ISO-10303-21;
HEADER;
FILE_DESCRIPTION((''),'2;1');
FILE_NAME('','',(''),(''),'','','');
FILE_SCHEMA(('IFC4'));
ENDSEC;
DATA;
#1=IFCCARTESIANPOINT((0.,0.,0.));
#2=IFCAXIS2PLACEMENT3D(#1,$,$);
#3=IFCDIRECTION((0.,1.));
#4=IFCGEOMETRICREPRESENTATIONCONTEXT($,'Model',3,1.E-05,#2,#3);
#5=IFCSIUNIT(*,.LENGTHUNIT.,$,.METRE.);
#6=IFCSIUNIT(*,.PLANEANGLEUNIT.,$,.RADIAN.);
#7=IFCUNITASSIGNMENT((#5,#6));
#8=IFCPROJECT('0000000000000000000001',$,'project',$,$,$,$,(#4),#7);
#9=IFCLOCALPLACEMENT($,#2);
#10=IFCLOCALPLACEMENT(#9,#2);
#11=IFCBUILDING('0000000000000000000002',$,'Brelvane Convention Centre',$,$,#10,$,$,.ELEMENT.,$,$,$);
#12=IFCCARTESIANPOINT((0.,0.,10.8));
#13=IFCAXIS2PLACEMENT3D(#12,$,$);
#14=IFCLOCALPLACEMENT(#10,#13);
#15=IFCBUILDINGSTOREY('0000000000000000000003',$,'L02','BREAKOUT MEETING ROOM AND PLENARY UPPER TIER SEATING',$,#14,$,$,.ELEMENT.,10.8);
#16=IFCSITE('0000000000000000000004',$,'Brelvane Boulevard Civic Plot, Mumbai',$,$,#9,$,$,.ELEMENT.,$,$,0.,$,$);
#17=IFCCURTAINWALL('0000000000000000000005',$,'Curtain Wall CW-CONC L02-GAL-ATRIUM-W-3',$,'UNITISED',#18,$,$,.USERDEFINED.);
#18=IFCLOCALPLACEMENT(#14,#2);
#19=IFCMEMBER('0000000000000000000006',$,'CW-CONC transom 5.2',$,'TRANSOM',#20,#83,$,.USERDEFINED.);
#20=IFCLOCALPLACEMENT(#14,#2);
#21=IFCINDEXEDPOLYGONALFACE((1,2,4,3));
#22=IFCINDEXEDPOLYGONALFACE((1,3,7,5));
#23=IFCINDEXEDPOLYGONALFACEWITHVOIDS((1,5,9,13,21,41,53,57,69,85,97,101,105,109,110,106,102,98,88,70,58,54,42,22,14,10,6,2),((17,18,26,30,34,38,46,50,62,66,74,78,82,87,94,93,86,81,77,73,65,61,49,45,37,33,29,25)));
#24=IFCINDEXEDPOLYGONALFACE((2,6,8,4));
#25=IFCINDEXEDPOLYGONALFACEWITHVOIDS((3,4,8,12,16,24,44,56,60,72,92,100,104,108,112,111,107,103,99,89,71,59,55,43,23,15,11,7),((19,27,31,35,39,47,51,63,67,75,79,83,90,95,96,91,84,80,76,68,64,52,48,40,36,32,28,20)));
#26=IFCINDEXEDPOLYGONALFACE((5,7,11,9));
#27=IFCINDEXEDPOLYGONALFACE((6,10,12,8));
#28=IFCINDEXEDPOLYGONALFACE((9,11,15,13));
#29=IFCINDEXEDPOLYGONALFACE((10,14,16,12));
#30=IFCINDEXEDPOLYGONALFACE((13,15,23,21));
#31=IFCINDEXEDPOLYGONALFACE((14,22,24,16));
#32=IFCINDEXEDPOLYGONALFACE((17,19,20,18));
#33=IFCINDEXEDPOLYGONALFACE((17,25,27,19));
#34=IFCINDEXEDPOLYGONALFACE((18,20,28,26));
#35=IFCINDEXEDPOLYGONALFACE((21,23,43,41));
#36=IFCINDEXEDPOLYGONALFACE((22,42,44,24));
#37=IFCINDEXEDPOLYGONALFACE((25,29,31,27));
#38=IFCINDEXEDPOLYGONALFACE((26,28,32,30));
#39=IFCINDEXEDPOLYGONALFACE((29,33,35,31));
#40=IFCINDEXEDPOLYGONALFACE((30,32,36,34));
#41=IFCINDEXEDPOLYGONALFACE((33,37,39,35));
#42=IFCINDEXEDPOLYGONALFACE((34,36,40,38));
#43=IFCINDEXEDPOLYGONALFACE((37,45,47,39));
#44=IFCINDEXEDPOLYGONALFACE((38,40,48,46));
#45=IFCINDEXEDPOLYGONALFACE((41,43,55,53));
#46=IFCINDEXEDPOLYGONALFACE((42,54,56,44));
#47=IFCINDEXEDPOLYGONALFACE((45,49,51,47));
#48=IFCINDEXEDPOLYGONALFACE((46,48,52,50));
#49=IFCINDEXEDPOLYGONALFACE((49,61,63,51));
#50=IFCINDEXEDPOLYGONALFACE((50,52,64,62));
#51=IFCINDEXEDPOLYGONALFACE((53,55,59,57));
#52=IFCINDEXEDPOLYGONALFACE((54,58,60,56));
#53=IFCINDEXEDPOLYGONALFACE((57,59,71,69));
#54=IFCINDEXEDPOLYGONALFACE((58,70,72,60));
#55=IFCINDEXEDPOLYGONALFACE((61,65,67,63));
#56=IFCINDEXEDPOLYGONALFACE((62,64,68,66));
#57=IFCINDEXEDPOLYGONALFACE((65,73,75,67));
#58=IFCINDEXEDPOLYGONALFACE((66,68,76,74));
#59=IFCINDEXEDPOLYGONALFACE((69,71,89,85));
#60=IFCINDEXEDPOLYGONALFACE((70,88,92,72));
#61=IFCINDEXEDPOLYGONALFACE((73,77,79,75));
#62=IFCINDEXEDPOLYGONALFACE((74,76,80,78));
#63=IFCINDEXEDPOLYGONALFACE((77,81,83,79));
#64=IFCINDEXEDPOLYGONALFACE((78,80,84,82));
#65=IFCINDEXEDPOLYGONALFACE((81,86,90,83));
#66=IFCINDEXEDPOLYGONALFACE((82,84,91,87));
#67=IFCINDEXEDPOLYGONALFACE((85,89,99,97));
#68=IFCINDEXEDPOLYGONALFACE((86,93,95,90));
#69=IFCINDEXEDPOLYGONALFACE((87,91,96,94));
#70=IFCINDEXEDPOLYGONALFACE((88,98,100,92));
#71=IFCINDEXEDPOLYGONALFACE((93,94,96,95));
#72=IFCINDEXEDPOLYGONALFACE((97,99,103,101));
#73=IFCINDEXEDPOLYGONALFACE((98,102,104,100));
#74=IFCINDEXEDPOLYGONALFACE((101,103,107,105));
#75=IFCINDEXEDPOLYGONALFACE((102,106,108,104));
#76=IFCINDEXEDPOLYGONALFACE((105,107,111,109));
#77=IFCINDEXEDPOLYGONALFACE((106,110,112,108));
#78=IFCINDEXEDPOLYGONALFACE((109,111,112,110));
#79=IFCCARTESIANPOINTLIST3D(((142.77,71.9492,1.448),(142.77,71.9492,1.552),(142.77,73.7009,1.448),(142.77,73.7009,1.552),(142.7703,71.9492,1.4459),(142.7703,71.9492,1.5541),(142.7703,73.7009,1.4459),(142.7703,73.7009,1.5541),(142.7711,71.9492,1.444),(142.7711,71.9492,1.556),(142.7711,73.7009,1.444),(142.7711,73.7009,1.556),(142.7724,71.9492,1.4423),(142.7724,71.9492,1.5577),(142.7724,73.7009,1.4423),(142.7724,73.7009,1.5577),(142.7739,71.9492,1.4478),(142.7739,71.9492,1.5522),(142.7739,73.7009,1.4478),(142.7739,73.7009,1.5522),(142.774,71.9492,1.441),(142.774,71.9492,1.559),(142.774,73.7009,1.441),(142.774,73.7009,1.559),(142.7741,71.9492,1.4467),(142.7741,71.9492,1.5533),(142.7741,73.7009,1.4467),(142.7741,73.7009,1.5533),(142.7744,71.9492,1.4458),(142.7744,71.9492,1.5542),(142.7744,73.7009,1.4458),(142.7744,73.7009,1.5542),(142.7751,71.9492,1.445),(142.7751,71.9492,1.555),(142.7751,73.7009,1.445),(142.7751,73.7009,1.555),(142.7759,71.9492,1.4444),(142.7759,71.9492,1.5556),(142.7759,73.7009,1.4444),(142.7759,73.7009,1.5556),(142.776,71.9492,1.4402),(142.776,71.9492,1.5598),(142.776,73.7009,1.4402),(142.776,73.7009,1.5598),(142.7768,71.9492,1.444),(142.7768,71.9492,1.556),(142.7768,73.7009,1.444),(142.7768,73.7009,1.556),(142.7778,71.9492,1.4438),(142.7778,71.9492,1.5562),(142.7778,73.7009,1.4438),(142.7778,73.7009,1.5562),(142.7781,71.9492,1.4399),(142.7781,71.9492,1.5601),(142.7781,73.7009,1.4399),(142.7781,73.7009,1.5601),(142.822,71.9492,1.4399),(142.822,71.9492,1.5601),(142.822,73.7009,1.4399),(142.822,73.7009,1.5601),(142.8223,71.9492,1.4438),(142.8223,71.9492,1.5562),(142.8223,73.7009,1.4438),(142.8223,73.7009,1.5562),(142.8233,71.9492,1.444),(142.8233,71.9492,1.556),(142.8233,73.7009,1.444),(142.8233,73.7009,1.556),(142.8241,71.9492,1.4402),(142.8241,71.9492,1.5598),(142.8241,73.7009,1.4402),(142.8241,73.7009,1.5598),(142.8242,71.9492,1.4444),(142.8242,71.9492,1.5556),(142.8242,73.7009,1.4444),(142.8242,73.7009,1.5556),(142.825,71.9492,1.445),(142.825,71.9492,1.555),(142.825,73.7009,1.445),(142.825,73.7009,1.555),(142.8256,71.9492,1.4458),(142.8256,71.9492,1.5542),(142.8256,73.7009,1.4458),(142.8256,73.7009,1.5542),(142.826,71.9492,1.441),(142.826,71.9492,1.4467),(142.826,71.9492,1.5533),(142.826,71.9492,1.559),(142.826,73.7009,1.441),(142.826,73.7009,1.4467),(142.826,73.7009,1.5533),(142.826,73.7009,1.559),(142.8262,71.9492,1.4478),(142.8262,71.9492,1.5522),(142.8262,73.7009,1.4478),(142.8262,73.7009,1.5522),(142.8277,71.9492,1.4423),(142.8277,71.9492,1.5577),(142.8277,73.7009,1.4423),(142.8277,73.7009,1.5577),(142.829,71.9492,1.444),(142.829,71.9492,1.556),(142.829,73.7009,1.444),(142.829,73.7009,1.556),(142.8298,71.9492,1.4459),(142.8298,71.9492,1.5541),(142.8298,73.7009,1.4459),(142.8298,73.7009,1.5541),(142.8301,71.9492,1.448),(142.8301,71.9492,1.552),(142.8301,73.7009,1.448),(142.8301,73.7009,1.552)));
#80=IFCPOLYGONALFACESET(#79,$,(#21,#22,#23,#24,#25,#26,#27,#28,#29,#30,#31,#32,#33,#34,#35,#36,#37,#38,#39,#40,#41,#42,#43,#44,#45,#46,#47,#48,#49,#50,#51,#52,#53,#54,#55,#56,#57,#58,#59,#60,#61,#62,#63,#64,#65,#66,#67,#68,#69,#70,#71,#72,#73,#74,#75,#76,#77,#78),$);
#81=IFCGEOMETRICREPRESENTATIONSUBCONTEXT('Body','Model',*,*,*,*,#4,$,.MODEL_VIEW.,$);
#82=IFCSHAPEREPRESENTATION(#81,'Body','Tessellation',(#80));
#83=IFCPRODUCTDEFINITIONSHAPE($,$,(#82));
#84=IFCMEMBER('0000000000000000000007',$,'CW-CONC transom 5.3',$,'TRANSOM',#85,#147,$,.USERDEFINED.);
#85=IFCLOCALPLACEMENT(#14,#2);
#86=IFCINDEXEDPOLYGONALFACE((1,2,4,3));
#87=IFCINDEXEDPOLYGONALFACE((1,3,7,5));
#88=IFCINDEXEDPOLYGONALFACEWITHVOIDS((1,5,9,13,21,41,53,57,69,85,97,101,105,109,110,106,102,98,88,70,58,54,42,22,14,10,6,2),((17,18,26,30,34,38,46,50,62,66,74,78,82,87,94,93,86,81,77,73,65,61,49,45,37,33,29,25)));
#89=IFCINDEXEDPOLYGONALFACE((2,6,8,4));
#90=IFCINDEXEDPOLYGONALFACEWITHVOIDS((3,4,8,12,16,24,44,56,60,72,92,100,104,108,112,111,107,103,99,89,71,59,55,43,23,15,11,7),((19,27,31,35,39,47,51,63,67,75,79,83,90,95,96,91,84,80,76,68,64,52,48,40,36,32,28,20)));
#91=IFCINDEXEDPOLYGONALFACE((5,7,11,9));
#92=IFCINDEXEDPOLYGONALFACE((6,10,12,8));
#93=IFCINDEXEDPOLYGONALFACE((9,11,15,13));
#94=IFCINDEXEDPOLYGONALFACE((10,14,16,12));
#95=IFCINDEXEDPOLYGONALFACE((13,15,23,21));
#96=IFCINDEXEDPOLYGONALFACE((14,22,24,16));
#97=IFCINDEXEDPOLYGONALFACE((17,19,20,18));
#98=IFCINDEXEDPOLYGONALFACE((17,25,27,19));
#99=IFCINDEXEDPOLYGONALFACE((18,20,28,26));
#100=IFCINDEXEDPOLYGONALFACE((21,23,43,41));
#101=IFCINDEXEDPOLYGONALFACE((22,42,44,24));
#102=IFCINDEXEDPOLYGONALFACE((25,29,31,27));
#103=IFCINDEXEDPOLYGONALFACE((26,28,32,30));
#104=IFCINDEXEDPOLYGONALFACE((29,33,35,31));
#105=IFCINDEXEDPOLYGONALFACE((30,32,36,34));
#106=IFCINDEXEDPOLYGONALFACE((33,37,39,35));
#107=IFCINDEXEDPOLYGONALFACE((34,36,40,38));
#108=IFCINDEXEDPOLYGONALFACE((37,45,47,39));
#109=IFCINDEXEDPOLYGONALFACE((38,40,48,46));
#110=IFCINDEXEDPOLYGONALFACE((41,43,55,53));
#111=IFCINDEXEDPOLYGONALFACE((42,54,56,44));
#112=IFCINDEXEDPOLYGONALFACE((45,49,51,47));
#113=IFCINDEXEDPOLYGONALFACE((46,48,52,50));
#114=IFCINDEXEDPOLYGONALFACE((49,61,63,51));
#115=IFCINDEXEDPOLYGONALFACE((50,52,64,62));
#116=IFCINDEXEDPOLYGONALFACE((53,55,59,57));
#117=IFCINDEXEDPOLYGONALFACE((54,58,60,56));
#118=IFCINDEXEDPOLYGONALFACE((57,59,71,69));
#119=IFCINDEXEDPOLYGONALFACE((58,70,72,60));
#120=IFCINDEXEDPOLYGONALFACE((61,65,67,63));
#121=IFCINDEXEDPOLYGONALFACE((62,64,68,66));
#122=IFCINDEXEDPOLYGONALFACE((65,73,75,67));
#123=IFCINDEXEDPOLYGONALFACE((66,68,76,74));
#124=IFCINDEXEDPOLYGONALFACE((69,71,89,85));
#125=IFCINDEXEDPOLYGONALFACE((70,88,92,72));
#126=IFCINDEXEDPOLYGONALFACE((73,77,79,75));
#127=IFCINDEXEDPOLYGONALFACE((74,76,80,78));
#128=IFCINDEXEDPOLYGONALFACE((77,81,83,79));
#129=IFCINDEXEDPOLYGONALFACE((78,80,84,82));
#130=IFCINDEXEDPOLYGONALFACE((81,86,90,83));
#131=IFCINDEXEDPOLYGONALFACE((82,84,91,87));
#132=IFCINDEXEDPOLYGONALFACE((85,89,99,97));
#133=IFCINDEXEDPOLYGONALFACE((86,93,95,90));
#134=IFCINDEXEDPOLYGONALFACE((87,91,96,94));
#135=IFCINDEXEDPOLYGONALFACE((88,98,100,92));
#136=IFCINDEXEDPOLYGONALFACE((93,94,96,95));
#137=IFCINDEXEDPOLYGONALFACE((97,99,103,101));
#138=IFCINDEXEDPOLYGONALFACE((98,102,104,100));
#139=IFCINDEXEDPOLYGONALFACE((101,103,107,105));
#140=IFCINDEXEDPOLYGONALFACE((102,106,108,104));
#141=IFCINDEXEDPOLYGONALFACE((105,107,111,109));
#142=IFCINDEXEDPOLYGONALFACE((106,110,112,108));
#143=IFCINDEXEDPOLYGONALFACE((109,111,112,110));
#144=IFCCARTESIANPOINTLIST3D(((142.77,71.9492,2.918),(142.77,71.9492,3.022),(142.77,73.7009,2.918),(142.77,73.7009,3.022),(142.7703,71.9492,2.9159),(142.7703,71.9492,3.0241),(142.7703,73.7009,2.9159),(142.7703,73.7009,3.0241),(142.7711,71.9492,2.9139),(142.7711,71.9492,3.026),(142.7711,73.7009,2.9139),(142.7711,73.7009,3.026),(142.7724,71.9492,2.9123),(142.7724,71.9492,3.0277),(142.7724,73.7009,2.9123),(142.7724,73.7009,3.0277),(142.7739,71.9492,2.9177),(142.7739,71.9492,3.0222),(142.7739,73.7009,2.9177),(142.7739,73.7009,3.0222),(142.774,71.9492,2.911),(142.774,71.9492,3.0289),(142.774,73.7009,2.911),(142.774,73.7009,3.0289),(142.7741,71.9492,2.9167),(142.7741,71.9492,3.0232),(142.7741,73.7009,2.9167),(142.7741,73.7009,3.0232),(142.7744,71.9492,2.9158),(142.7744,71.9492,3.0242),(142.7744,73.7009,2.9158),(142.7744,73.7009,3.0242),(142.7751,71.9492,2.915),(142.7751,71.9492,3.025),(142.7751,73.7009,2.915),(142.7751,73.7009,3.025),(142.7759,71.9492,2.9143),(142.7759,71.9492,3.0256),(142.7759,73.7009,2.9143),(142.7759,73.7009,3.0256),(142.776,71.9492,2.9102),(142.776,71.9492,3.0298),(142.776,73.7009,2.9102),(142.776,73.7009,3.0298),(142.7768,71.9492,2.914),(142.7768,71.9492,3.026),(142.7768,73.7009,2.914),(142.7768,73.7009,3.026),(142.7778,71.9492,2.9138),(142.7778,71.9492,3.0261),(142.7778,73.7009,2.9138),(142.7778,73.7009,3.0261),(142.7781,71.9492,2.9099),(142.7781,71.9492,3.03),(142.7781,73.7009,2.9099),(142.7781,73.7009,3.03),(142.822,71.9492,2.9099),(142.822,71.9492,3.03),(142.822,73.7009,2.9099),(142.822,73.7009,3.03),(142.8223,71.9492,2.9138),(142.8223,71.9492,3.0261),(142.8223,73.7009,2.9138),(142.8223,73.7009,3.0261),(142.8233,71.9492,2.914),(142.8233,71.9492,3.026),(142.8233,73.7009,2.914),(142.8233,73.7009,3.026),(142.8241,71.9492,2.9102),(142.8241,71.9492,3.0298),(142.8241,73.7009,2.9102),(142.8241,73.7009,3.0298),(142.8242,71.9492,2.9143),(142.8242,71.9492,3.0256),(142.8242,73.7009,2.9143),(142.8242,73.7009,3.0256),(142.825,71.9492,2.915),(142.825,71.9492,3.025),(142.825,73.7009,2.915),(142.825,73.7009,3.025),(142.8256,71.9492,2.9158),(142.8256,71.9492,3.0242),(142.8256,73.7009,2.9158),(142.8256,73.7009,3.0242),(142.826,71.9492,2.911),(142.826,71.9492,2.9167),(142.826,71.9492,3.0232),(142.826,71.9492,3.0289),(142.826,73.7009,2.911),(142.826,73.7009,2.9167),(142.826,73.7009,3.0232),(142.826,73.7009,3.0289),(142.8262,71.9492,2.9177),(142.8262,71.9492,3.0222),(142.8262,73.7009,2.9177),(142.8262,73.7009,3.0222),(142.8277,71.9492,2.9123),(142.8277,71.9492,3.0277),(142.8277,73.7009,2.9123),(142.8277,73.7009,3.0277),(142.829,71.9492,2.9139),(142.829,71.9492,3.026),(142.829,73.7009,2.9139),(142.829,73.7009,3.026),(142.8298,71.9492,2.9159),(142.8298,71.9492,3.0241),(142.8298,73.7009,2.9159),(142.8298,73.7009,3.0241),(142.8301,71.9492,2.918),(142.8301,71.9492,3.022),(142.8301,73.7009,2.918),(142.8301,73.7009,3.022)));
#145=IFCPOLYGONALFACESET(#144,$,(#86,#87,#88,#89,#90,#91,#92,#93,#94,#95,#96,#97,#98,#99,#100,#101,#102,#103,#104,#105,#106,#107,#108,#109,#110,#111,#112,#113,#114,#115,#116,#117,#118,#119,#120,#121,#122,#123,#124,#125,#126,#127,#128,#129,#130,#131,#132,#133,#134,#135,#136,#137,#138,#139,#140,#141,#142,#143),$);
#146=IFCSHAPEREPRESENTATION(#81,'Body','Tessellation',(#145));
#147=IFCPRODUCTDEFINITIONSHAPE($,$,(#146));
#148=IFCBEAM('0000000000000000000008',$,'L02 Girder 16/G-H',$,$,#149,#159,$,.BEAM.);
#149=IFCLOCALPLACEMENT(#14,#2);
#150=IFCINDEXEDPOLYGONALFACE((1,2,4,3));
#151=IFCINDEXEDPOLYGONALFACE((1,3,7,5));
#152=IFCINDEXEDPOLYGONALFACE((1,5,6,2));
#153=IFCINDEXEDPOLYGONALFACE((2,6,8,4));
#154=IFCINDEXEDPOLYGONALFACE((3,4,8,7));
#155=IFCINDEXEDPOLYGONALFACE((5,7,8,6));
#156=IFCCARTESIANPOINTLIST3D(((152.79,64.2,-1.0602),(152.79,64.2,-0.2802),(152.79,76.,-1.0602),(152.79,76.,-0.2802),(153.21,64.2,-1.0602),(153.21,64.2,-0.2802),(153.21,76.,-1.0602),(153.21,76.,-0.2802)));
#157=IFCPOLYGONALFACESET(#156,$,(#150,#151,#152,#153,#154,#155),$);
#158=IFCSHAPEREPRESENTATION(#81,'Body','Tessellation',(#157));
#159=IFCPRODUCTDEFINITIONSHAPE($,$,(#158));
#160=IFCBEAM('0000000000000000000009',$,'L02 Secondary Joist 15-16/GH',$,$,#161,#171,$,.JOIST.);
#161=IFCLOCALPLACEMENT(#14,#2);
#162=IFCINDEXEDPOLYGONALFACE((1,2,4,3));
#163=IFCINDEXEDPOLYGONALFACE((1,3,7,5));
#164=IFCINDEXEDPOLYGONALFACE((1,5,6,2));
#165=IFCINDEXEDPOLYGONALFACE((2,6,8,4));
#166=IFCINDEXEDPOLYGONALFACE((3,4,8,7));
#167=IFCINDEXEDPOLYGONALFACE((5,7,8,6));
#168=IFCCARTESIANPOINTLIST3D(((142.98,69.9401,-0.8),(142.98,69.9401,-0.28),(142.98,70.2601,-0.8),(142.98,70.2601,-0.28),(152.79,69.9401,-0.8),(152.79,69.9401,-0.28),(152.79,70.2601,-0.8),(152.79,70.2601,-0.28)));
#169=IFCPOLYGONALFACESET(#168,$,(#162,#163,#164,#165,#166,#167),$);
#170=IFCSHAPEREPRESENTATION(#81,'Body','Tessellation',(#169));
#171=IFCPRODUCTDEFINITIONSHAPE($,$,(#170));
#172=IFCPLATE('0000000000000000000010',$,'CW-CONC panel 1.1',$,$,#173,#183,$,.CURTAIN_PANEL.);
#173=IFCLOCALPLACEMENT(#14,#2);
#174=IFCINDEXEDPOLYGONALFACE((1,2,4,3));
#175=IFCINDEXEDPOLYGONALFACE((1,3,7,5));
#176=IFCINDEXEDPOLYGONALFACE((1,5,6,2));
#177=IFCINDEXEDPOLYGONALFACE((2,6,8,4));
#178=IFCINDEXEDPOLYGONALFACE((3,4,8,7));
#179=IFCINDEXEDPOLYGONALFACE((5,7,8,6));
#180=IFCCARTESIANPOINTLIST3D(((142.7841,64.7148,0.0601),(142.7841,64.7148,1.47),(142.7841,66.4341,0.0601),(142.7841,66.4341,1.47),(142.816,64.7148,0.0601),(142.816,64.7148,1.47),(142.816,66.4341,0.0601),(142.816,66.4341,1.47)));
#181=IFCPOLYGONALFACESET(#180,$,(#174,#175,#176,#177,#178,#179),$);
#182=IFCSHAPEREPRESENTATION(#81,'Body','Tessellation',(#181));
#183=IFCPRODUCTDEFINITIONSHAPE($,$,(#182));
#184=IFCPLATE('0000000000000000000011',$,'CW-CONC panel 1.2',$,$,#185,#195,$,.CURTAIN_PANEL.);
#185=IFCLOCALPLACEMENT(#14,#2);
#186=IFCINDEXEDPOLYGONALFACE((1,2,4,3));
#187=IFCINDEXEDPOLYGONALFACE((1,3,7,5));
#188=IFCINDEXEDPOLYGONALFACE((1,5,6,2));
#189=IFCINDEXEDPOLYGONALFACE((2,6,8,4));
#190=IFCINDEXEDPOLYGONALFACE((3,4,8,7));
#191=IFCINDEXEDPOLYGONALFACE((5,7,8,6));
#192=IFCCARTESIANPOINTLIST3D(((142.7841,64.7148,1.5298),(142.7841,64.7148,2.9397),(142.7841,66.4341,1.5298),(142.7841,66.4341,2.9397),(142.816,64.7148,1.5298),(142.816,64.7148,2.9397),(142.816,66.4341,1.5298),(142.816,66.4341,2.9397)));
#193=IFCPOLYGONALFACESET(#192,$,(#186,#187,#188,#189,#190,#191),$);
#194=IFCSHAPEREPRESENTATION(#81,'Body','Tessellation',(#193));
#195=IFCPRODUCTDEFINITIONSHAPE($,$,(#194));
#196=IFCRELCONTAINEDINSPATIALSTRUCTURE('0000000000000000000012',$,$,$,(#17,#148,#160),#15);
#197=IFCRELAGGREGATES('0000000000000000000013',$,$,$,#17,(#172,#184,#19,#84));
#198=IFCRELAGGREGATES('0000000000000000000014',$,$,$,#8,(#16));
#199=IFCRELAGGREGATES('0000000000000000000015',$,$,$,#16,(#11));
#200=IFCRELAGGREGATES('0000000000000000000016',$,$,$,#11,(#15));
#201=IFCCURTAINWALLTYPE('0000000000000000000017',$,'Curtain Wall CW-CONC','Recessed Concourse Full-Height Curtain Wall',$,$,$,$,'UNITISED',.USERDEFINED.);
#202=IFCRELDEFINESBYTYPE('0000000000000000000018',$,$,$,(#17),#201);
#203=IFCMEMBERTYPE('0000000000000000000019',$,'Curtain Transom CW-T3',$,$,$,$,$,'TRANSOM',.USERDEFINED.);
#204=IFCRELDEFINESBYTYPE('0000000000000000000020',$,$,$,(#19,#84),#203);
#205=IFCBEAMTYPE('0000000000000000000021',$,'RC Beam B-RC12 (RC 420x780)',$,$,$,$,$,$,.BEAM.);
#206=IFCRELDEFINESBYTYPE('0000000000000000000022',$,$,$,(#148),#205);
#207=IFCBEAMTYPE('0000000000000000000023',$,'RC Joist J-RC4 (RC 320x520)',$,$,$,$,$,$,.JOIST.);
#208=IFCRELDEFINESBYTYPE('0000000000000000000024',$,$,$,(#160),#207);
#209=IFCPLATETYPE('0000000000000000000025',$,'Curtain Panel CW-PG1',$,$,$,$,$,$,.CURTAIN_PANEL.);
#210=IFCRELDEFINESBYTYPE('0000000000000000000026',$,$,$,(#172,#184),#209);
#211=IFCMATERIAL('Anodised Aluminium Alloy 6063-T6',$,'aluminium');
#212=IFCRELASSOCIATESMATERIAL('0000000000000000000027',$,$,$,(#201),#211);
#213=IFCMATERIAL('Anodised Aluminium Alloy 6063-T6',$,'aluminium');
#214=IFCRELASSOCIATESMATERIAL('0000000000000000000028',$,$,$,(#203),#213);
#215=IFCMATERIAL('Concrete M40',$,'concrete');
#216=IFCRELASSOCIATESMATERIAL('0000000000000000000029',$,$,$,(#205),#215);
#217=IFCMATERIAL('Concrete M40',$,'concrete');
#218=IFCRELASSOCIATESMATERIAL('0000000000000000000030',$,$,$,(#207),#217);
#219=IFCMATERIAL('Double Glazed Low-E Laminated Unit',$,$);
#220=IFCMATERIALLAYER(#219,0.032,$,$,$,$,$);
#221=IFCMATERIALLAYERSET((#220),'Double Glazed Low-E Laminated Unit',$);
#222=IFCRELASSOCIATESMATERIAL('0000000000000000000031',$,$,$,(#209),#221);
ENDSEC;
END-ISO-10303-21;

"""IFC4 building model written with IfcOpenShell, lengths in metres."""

from ifc_helpers import new_model, si_unit, direction, frame, origin, origin_2d, place, context, subcontext, project, spatial, rectangle, hollow_rectangle, extrude, material, layer, layer_set, material_profile, profile_set, type_object, element, aggregate, save


model = new_model("IFC4")

# Units and contexts
model_context = context("Model", 3, precision=1e-05, world=origin(), true_north=direction((0.0, 1.0)))
body_context = subcontext(model_context, "Body", "Model", "MODEL_VIEW")
ifc_project = project(units=[si_unit("LENGTHUNIT", "METRE"), si_unit("PLANEANGLEUNIT", "RADIAN")], contexts=[model_context])

# Site, building, storey
site_placement = place(None, origin())
site = spatial("IfcSite", under=ifc_project, at=site_placement, Name="Brelvane Boulevard Civic Plot, Mumbai", CompositionType="ELEMENT", RefElevation=0.0)
building_placement = place(site_placement, origin())
building = spatial("IfcBuilding", under=site, at=building_placement, Name="Brelvane Convention Centre", CompositionType="ELEMENT")
storey_placement = place(building_placement, frame((0.0, 0.0, 10.8)))
storey = spatial("IfcBuildingStorey", under=building, at=storey_placement, Name="L02", Description="BREAKOUT MEETING ROOM AND PLENARY UPPER TIER SEATING", CompositionType="ELEMENT", Elevation=10.8)

# Curtain wall, members
ifc_material_1 = material(Name="Anodised Aluminium Alloy 6063-T6", Category="aluminium")
curtain_wall_type = type_object("IfcCurtainWallType", Name="Curtain Wall CW-CONC", Description="Recessed Concourse Full-Height Curtain Wall", ElementType="UNITISED", PredefinedType="USERDEFINED", material=ifc_material_1)
curtain_wall_placement = place(storey_placement, origin())
curtain_wall = element("IfcCurtainWall", 1, at=curtain_wall_placement, inside=storey, type_object=curtain_wall_type, Name="Curtain Wall CW-CONC L02-GAL-ATRIUM-W-3", ObjectType="UNITISED", PredefinedType="USERDEFINED")
ifc_material_2 = material(Name="Anodised Aluminium Alloy 6063-T6", Category="aluminium")
ifc_material_profile_1 = material_profile(ifc_material_2, hollow_rectangle(XDim=0.0601, YDim=0.1201, WallThickness=0.0039, InnerFilletRadius=0.0039, OuterFilletRadius=0.0081, at=origin_2d()), Name="ALU-T 120x60x4.0")
ifc_profile_set_1 = profile_set([ifc_material_profile_1], Name="Anodised Aluminium Alloy 6063-T6")
member_type_1 = type_object("IfcMemberType", Name="Curtain Transom CW-T3", ElementType="TRANSOM", PredefinedType="USERDEFINED", material=ifc_profile_set_1)
member_1_placement = place(storey_placement, frame((142.8, 71.9492, 1.5), z_axis=(0.0, 1.0, 0.0), x_axis=(-1.0, 0.0, 0.0)))
member_1 = element("IfcMember", 2, at=member_1_placement, type_object=member_type_1, Name="CW-CONC transom 5.2", ObjectType="TRANSOM", PredefinedType="USERDEFINED", context=body_context, shape_type="SweptSolid", body=[
    extrude(hollow_rectangle(XDim=0.0601, YDim=0.1201, WallThickness=0.0039, InnerFilletRadius=0.0039, OuterFilletRadius=0.0081, at=origin_2d()), origin(), (0.0, 0.0, 1.0), 1.7517),
])
member_2_placement = place(storey_placement, frame((142.8, 71.9492, 2.97), z_axis=(0.0, 1.0, 0.0), x_axis=(-1.0, 0.0, 0.0)))
member_2 = element("IfcMember", 3, at=member_2_placement, type_object=member_type_1, Name="CW-CONC transom 5.3", ObjectType="TRANSOM", PredefinedType="USERDEFINED", context=body_context, shape_type="SweptSolid", body=[
    extrude(hollow_rectangle(XDim=0.0601, YDim=0.1201, WallThickness=0.0039, InnerFilletRadius=0.0039, OuterFilletRadius=0.0081, at=origin_2d()), origin(), (0.0, 0.0, 1.0), 1.7517),
])

# Beams
ifc_material_3 = material(Name="Concrete M40", Category="concrete")
ifc_material_profile_2 = material_profile(ifc_material_3, rectangle(XDim=0.4199, YDim=0.78, at=origin_2d()), Name="RC 420x780")
ifc_profile_set_2 = profile_set([ifc_material_profile_2], Name="Concrete M40")
beam_type_1 = type_object("IfcBeamType", Name="RC Beam B-RC12 (RC 420x780)", PredefinedType="BEAM", material=ifc_profile_set_2)
beam_1_placement = place(storey_placement, frame((153.0, 64.2, -0.6702), z_axis=(0.0, 1.0, 0.0), x_axis=(-1.0, 0.0, 0.0)))
element("IfcBeam", 4, at=beam_1_placement, inside=storey, type_object=beam_type_1, Name="L02 Girder 16/G-H", PredefinedType="BEAM", context=body_context, shape_type="SweptSolid", body=[
    extrude(rectangle(XDim=0.4199, YDim=0.78, at=origin_2d()), origin(), (0.0, 0.0, 1.0), 11.8),
])
ifc_material_4 = material(Name="Concrete M40", Category="concrete")
ifc_material_profile_3 = material_profile(ifc_material_4, rectangle(XDim=0.3201, YDim=0.52, at=origin_2d()), Name="RC 320x520")
ifc_profile_set_3 = profile_set([ifc_material_profile_3], Name="Concrete M40")
beam_type_2 = type_object("IfcBeamType", Name="RC Joist J-RC4 (RC 320x520)", PredefinedType="JOIST", material=ifc_profile_set_3)
beam_2_placement = place(storey_placement, frame((142.98, 70.1001, -0.54), z_axis=(1.0, 0.0, 0.0), x_axis=(0.0, 1.0, 0.0)))
element("IfcBeam", 5, at=beam_2_placement, inside=storey, type_object=beam_type_2, Name="L02 Secondary Joist 15-16/GH", PredefinedType="JOIST", context=body_context, shape_type="SweptSolid", body=[
    extrude(rectangle(XDim=0.3201, YDim=0.52, at=origin_2d()), origin(), (0.0, 0.0, 1.0), 9.8101),
])

# Plates
ifc_material_5 = material(Name="Double Glazed Low-E Laminated Unit")
ifc_layer = layer(ifc_material_5, 0.032)
ifc_layer_set = layer_set([ifc_layer], Name="Double Glazed Low-E Laminated Unit")
plate_type = type_object("IfcPlateType", Name="Curtain Panel CW-PG1", PredefinedType="CURTAIN_PANEL", material=ifc_layer_set)
plate_1_placement = place(storey_placement, frame((142.8, 65.5745, 0.0601), z_axis=(0.0, 0.0, 1.0), x_axis=(0.0, 1.0, 0.0)))
plate_1 = element("IfcPlate", 6, at=plate_1_placement, type_object=plate_type, Name="CW-CONC panel 1.1", PredefinedType="CURTAIN_PANEL", context=body_context, shape_type="SweptSolid", body=[
    extrude(rectangle(XDim=1.7192, YDim=0.032, at=origin_2d()), origin(), (0.0, 0.0, 1.0), 1.4099),
])
plate_2_placement = place(storey_placement, frame((142.8, 65.5745, 1.5298), z_axis=(0.0, 0.0, 1.0), x_axis=(0.0, 1.0, 0.0)))
plate_2 = element("IfcPlate", 7, at=plate_2_placement, type_object=plate_type, Name="CW-CONC panel 1.2", PredefinedType="CURTAIN_PANEL", context=body_context, shape_type="SweptSolid", body=[
    extrude(rectangle(XDim=1.7192, YDim=0.032, at=origin_2d()), origin(), (0.0, 0.0, 1.0), 1.4099),
])
aggregate(curtain_wall, [plate_1, plate_2, member_1, member_2])

save(model, "model.ifc")
